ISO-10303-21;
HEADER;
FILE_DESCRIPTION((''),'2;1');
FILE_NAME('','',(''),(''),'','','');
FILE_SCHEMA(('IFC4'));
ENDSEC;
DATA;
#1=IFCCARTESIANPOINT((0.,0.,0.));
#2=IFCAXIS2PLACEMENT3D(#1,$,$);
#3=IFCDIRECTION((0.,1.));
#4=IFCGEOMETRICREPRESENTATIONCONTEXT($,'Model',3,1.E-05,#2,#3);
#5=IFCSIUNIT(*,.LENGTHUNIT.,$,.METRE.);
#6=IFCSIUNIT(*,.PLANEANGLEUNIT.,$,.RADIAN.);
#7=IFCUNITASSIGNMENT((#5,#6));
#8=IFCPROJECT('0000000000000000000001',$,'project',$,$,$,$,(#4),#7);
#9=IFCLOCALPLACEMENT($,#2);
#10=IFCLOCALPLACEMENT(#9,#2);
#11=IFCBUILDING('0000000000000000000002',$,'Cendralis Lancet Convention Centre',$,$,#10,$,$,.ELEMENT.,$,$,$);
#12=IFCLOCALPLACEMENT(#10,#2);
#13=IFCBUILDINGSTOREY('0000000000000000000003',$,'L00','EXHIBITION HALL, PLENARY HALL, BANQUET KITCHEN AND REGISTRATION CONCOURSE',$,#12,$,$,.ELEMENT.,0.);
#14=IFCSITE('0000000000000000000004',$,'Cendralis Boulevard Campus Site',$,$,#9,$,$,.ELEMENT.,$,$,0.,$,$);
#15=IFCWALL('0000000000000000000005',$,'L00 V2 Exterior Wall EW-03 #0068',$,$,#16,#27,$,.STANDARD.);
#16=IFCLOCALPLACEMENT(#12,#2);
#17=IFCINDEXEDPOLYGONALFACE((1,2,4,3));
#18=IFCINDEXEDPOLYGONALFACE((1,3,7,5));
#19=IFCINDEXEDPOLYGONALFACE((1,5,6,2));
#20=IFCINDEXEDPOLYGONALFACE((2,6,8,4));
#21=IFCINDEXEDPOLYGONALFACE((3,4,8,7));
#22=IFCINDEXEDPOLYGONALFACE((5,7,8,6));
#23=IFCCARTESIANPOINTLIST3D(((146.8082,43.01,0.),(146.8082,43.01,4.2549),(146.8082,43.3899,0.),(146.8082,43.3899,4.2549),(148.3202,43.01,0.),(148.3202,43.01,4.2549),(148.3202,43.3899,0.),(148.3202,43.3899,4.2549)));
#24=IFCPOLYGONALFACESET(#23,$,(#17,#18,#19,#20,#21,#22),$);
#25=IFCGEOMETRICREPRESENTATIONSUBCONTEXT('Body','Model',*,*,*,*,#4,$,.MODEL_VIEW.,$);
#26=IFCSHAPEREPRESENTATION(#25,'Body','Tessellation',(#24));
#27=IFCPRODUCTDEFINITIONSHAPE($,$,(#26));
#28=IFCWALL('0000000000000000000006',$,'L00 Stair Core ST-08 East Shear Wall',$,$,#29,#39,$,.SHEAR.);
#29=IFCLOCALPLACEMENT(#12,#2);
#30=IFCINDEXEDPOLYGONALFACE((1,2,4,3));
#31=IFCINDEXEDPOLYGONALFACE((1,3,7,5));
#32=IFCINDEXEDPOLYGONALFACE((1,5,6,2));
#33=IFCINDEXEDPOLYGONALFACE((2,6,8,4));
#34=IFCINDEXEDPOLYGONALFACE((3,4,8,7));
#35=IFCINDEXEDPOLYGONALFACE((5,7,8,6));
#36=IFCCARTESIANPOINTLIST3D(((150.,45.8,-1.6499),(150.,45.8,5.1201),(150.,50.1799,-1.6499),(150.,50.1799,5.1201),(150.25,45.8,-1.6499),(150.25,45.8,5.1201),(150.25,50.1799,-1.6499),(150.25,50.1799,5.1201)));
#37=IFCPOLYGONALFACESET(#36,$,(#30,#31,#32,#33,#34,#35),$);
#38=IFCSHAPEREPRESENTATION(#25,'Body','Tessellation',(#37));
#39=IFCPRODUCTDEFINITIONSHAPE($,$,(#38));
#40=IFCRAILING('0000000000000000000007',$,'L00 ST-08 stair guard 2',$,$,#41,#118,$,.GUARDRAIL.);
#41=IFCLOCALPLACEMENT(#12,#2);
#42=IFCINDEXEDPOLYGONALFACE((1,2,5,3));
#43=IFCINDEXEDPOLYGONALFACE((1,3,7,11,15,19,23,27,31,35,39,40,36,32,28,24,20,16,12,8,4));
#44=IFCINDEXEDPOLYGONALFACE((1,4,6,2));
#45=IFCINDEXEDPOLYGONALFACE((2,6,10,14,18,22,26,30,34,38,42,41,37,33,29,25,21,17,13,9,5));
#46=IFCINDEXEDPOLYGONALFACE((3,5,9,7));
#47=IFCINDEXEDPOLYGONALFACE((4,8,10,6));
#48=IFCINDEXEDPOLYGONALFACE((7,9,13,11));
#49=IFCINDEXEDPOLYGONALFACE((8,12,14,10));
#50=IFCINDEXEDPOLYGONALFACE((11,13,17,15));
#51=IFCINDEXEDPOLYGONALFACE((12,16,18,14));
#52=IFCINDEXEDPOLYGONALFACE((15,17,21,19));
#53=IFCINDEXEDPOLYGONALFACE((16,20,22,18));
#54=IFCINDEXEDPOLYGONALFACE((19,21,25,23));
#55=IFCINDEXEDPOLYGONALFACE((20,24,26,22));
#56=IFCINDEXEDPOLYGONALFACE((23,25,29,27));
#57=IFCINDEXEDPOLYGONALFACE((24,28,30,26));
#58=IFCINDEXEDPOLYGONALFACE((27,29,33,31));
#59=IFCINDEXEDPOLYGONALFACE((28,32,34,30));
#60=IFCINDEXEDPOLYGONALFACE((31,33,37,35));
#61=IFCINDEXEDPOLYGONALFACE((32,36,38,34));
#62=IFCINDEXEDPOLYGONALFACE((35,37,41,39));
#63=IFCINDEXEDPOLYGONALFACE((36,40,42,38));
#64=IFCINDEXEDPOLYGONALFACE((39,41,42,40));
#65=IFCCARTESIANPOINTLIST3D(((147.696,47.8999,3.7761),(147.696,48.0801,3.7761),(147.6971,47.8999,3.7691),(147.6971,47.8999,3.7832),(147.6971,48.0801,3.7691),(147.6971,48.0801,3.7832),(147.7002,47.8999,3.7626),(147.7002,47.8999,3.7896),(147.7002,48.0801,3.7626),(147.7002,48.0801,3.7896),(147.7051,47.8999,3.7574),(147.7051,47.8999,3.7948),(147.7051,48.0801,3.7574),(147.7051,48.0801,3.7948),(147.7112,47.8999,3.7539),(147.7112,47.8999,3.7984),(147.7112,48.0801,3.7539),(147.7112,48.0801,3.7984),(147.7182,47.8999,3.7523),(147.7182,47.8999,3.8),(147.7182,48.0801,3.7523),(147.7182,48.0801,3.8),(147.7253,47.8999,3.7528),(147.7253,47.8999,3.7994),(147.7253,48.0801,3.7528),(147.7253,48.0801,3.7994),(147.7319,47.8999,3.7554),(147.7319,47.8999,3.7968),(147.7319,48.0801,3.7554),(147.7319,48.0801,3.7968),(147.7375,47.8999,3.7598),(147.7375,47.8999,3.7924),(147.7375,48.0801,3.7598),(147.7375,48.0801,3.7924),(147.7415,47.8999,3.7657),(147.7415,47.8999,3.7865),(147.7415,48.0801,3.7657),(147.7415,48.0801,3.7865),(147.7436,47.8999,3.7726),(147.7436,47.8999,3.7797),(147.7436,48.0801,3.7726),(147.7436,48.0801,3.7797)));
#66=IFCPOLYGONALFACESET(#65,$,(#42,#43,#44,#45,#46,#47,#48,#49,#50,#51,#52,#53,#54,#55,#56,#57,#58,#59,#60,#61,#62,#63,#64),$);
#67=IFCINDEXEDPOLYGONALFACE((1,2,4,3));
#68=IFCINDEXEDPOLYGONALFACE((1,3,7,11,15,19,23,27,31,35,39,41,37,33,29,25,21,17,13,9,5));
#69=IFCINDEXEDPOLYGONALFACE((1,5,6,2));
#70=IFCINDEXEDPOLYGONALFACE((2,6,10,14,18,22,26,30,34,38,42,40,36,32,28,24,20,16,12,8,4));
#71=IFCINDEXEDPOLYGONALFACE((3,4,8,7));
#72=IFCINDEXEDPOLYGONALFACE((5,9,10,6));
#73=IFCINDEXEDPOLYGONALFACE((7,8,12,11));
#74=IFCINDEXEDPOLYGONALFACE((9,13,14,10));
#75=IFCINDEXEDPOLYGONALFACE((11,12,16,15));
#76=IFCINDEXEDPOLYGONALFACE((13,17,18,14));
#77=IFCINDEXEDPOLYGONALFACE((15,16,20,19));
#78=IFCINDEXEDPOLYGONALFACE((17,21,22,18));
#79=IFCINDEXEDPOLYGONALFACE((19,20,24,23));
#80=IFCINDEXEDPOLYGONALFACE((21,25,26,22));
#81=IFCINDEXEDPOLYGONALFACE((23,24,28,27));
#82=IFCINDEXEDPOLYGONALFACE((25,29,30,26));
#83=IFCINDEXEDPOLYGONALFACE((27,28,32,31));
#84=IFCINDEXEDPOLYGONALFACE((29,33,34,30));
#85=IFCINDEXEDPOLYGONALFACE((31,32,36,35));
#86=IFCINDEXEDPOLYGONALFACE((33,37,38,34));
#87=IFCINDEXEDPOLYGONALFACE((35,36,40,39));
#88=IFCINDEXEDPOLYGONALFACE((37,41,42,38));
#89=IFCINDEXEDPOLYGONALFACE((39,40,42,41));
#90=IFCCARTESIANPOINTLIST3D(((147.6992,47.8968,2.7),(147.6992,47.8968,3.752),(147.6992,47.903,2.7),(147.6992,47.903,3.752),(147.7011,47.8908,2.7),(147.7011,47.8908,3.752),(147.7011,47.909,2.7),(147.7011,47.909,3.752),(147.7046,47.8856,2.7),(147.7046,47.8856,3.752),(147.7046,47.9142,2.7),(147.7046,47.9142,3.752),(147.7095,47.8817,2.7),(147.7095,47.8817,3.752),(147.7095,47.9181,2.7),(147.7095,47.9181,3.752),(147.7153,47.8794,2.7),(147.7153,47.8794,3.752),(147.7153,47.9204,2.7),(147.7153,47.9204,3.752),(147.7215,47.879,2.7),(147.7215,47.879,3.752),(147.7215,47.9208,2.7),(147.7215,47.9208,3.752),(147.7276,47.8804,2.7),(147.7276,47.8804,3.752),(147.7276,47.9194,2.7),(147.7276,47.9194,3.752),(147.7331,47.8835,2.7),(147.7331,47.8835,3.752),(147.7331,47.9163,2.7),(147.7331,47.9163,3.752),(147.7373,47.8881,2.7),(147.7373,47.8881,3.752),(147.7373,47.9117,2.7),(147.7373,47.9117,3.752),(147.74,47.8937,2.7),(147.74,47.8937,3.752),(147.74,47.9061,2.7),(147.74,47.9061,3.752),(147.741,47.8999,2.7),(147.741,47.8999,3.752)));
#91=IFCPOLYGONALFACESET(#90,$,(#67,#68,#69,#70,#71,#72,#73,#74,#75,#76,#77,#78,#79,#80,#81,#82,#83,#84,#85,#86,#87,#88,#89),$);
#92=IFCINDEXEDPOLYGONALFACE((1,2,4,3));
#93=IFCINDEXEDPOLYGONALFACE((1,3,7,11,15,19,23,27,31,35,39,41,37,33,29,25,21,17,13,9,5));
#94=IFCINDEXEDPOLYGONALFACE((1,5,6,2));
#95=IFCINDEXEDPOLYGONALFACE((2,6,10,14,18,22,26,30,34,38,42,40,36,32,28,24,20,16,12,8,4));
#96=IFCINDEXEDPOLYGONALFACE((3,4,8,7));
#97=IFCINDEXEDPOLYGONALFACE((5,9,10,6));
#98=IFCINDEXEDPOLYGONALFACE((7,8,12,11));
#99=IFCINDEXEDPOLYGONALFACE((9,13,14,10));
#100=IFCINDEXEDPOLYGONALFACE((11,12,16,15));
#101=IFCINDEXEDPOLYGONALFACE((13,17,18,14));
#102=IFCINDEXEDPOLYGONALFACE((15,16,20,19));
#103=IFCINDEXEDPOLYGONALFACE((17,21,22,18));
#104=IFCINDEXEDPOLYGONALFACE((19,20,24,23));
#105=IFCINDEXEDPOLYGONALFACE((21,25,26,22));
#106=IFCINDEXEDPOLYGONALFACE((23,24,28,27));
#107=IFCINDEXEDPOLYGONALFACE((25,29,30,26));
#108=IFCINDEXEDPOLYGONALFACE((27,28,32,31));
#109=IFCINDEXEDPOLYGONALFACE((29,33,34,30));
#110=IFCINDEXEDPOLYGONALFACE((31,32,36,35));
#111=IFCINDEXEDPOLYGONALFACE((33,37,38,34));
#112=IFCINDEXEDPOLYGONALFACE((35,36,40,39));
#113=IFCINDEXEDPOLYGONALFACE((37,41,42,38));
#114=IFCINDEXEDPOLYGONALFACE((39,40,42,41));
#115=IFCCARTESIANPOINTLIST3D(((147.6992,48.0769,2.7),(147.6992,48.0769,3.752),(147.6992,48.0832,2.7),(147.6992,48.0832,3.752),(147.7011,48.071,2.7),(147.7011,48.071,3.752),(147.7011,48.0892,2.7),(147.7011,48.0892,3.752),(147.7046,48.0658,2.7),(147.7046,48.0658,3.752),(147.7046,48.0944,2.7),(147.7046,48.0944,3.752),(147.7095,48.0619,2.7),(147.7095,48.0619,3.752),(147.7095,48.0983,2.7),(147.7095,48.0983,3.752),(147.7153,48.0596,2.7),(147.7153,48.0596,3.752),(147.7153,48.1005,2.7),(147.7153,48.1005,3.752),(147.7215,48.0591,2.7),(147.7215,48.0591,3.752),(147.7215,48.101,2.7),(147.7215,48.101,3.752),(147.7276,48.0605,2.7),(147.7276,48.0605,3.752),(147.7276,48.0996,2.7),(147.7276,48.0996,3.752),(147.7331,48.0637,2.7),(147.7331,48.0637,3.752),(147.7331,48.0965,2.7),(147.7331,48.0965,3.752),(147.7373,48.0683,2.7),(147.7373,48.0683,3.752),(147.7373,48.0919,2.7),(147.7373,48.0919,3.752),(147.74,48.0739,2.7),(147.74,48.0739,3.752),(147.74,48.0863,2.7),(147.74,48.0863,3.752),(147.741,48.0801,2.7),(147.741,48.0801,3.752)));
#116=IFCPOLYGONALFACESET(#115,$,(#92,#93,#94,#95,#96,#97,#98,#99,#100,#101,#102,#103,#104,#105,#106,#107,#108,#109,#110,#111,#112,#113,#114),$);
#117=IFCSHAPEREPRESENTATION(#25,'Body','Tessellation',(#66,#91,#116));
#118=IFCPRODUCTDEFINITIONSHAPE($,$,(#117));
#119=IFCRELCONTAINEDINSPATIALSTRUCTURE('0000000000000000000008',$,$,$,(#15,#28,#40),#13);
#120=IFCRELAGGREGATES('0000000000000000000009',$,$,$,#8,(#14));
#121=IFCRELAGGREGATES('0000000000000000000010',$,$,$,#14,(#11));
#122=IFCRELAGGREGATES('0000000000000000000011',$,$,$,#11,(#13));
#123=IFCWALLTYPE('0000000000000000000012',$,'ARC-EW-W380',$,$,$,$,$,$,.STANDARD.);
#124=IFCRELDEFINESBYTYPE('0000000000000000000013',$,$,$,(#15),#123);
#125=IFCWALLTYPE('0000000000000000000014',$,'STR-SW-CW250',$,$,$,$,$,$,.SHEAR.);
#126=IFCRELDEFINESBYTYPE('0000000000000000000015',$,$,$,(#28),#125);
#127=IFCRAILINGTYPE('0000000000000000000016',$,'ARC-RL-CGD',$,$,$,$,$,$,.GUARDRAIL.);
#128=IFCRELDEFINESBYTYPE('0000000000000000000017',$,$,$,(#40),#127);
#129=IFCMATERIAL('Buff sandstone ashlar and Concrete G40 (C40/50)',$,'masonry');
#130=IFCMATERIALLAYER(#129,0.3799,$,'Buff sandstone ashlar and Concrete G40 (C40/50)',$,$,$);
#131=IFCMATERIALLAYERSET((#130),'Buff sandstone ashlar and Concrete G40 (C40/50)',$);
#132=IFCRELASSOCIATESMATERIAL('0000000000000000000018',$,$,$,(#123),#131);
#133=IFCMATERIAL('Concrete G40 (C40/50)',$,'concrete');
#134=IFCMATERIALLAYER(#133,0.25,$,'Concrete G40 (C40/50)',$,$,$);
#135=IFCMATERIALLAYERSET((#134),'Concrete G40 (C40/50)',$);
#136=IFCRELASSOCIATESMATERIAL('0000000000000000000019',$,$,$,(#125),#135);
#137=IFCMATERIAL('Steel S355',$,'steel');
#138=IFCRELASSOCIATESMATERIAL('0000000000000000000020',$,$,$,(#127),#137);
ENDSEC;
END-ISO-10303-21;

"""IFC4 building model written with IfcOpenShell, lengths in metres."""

from ifc_helpers import new_model, si_unit, direction, frame, frame_2d, origin, origin_2d, place, context, subcontext, project, spatial, rectangle, circle, extrude, material, layer, layer_set, type_object, element, save


model = new_model("IFC4")

# Units and contexts
model_context = context("Model", 3, precision=1e-05, world=origin(), true_north=direction((0.0, 1.0)))
body_context = subcontext(model_context, "Body", "Model", "MODEL_VIEW")
ifc_project = project(units=[si_unit("LENGTHUNIT", "METRE"), si_unit("PLANEANGLEUNIT", "RADIAN")], contexts=[model_context])

# Site, building, storey
site_placement = place(None, origin())
site = spatial("IfcSite", under=ifc_project, at=site_placement, Name="Cendralis Boulevard Campus Site", CompositionType="ELEMENT", RefElevation=0.0)
building_placement = place(site_placement, origin())
building = spatial("IfcBuilding", under=site, at=building_placement, Name="Cendralis Lancet Convention Centre", CompositionType="ELEMENT")
storey_placement = place(building_placement, origin())
storey = spatial("IfcBuildingStorey", under=building, at=storey_placement, Name="L00", Description="EXHIBITION HALL, PLENARY HALL, BANQUET KITCHEN AND REGISTRATION CONCOURSE", CompositionType="ELEMENT", Elevation=0.0)

# Shared definitions
ifc_material_1 = material(Name="Steel S355", Category="steel")

# Walls
ifc_material_2 = material(Name="Buff sandstone ashlar and Concrete G40 (C40/50)", Category="masonry")
ifc_layer_1 = layer(ifc_material_2, 0.3799, Name="Buff sandstone ashlar and Concrete G40 (C40/50)")
ifc_layer_set_1 = layer_set([ifc_layer_1], Name="Buff sandstone ashlar and Concrete G40 (C40/50)")
wall_type_1 = type_object("IfcWallType", Name="ARC-EW-W380", PredefinedType="STANDARD", material=ifc_layer_set_1)
wall_1_placement = place(storey_placement, frame((148.3201, 43.2, 0.0), z_axis=(0.0, 0.0, 1.0), x_axis=(-1.0, 0.0, 0.0)))
element("IfcWall", 1, at=wall_1_placement, inside=storey, type_object=wall_type_1, Name="L00 V2 Exterior Wall EW-03 #0068", PredefinedType="STANDARD", context=body_context, shape_type="SweptSolid", body=[
    extrude(rectangle(XDim=1.512, YDim=0.3799, at=frame_2d((0.7559, 0.0))), origin(), (0.0, 0.0, 1.0), 4.2549),
])
ifc_material_3 = material(Name="Concrete G40 (C40/50)", Category="concrete")
ifc_layer_2 = layer(ifc_material_3, 0.25, Name="Concrete G40 (C40/50)")
ifc_layer_set_2 = layer_set([ifc_layer_2], Name="Concrete G40 (C40/50)")
wall_type_2 = type_object("IfcWallType", Name="STR-SW-CW250", PredefinedType="SHEAR", material=ifc_layer_set_2)
wall_2_placement = place(storey_placement, frame((150.125, 45.8, -1.6499), z_axis=(0.0, 0.0, 1.0), x_axis=(0.0, 1.0, 0.0)))
element("IfcWall", 2, at=wall_2_placement, inside=storey, type_object=wall_type_2, Name="L00 Stair Core ST-08 East Shear Wall", PredefinedType="SHEAR", context=body_context, shape_type="SweptSolid", body=[
    extrude(rectangle(XDim=4.3799, YDim=0.25, at=frame_2d((2.1899, 0.0))), origin(), (0.0, 0.0, 1.0), 6.77),
])

# Railing
railing_type = type_object("IfcRailingType", Name="ARC-RL-CGD", PredefinedType="GUARDRAIL", material=ifc_material_1)
railing_1_placement = place(storey_placement, frame((147.72, 47.8999, 2.7)))
element("IfcRailing", 3, at=railing_1_placement, inside=storey, type_object=railing_type, Name="L00 ST-08 stair guard 2", PredefinedType="GUARDRAIL", context=body_context, shape_type="SweptSolid", body=[
    extrude(circle(Radius=0.0239, at=origin_2d()), frame((0.0, 0.0, 1.0762), z_axis=(0.0, 1.0, 0.0), x_axis=(-1.0, 0.0, 0.0)), (0.0, 0.0, 1.0), 0.1802),
    extrude(circle(Radius=0.021, at=origin_2d()), origin(), (0.0, 0.0, 1.0), 1.052),
    extrude(circle(Radius=0.021, at=origin_2d()), frame((0.0, 0.1802, 0.0)), (0.0, 0.0, 1.0), 1.052),
])

save(model, "model.ifc")
